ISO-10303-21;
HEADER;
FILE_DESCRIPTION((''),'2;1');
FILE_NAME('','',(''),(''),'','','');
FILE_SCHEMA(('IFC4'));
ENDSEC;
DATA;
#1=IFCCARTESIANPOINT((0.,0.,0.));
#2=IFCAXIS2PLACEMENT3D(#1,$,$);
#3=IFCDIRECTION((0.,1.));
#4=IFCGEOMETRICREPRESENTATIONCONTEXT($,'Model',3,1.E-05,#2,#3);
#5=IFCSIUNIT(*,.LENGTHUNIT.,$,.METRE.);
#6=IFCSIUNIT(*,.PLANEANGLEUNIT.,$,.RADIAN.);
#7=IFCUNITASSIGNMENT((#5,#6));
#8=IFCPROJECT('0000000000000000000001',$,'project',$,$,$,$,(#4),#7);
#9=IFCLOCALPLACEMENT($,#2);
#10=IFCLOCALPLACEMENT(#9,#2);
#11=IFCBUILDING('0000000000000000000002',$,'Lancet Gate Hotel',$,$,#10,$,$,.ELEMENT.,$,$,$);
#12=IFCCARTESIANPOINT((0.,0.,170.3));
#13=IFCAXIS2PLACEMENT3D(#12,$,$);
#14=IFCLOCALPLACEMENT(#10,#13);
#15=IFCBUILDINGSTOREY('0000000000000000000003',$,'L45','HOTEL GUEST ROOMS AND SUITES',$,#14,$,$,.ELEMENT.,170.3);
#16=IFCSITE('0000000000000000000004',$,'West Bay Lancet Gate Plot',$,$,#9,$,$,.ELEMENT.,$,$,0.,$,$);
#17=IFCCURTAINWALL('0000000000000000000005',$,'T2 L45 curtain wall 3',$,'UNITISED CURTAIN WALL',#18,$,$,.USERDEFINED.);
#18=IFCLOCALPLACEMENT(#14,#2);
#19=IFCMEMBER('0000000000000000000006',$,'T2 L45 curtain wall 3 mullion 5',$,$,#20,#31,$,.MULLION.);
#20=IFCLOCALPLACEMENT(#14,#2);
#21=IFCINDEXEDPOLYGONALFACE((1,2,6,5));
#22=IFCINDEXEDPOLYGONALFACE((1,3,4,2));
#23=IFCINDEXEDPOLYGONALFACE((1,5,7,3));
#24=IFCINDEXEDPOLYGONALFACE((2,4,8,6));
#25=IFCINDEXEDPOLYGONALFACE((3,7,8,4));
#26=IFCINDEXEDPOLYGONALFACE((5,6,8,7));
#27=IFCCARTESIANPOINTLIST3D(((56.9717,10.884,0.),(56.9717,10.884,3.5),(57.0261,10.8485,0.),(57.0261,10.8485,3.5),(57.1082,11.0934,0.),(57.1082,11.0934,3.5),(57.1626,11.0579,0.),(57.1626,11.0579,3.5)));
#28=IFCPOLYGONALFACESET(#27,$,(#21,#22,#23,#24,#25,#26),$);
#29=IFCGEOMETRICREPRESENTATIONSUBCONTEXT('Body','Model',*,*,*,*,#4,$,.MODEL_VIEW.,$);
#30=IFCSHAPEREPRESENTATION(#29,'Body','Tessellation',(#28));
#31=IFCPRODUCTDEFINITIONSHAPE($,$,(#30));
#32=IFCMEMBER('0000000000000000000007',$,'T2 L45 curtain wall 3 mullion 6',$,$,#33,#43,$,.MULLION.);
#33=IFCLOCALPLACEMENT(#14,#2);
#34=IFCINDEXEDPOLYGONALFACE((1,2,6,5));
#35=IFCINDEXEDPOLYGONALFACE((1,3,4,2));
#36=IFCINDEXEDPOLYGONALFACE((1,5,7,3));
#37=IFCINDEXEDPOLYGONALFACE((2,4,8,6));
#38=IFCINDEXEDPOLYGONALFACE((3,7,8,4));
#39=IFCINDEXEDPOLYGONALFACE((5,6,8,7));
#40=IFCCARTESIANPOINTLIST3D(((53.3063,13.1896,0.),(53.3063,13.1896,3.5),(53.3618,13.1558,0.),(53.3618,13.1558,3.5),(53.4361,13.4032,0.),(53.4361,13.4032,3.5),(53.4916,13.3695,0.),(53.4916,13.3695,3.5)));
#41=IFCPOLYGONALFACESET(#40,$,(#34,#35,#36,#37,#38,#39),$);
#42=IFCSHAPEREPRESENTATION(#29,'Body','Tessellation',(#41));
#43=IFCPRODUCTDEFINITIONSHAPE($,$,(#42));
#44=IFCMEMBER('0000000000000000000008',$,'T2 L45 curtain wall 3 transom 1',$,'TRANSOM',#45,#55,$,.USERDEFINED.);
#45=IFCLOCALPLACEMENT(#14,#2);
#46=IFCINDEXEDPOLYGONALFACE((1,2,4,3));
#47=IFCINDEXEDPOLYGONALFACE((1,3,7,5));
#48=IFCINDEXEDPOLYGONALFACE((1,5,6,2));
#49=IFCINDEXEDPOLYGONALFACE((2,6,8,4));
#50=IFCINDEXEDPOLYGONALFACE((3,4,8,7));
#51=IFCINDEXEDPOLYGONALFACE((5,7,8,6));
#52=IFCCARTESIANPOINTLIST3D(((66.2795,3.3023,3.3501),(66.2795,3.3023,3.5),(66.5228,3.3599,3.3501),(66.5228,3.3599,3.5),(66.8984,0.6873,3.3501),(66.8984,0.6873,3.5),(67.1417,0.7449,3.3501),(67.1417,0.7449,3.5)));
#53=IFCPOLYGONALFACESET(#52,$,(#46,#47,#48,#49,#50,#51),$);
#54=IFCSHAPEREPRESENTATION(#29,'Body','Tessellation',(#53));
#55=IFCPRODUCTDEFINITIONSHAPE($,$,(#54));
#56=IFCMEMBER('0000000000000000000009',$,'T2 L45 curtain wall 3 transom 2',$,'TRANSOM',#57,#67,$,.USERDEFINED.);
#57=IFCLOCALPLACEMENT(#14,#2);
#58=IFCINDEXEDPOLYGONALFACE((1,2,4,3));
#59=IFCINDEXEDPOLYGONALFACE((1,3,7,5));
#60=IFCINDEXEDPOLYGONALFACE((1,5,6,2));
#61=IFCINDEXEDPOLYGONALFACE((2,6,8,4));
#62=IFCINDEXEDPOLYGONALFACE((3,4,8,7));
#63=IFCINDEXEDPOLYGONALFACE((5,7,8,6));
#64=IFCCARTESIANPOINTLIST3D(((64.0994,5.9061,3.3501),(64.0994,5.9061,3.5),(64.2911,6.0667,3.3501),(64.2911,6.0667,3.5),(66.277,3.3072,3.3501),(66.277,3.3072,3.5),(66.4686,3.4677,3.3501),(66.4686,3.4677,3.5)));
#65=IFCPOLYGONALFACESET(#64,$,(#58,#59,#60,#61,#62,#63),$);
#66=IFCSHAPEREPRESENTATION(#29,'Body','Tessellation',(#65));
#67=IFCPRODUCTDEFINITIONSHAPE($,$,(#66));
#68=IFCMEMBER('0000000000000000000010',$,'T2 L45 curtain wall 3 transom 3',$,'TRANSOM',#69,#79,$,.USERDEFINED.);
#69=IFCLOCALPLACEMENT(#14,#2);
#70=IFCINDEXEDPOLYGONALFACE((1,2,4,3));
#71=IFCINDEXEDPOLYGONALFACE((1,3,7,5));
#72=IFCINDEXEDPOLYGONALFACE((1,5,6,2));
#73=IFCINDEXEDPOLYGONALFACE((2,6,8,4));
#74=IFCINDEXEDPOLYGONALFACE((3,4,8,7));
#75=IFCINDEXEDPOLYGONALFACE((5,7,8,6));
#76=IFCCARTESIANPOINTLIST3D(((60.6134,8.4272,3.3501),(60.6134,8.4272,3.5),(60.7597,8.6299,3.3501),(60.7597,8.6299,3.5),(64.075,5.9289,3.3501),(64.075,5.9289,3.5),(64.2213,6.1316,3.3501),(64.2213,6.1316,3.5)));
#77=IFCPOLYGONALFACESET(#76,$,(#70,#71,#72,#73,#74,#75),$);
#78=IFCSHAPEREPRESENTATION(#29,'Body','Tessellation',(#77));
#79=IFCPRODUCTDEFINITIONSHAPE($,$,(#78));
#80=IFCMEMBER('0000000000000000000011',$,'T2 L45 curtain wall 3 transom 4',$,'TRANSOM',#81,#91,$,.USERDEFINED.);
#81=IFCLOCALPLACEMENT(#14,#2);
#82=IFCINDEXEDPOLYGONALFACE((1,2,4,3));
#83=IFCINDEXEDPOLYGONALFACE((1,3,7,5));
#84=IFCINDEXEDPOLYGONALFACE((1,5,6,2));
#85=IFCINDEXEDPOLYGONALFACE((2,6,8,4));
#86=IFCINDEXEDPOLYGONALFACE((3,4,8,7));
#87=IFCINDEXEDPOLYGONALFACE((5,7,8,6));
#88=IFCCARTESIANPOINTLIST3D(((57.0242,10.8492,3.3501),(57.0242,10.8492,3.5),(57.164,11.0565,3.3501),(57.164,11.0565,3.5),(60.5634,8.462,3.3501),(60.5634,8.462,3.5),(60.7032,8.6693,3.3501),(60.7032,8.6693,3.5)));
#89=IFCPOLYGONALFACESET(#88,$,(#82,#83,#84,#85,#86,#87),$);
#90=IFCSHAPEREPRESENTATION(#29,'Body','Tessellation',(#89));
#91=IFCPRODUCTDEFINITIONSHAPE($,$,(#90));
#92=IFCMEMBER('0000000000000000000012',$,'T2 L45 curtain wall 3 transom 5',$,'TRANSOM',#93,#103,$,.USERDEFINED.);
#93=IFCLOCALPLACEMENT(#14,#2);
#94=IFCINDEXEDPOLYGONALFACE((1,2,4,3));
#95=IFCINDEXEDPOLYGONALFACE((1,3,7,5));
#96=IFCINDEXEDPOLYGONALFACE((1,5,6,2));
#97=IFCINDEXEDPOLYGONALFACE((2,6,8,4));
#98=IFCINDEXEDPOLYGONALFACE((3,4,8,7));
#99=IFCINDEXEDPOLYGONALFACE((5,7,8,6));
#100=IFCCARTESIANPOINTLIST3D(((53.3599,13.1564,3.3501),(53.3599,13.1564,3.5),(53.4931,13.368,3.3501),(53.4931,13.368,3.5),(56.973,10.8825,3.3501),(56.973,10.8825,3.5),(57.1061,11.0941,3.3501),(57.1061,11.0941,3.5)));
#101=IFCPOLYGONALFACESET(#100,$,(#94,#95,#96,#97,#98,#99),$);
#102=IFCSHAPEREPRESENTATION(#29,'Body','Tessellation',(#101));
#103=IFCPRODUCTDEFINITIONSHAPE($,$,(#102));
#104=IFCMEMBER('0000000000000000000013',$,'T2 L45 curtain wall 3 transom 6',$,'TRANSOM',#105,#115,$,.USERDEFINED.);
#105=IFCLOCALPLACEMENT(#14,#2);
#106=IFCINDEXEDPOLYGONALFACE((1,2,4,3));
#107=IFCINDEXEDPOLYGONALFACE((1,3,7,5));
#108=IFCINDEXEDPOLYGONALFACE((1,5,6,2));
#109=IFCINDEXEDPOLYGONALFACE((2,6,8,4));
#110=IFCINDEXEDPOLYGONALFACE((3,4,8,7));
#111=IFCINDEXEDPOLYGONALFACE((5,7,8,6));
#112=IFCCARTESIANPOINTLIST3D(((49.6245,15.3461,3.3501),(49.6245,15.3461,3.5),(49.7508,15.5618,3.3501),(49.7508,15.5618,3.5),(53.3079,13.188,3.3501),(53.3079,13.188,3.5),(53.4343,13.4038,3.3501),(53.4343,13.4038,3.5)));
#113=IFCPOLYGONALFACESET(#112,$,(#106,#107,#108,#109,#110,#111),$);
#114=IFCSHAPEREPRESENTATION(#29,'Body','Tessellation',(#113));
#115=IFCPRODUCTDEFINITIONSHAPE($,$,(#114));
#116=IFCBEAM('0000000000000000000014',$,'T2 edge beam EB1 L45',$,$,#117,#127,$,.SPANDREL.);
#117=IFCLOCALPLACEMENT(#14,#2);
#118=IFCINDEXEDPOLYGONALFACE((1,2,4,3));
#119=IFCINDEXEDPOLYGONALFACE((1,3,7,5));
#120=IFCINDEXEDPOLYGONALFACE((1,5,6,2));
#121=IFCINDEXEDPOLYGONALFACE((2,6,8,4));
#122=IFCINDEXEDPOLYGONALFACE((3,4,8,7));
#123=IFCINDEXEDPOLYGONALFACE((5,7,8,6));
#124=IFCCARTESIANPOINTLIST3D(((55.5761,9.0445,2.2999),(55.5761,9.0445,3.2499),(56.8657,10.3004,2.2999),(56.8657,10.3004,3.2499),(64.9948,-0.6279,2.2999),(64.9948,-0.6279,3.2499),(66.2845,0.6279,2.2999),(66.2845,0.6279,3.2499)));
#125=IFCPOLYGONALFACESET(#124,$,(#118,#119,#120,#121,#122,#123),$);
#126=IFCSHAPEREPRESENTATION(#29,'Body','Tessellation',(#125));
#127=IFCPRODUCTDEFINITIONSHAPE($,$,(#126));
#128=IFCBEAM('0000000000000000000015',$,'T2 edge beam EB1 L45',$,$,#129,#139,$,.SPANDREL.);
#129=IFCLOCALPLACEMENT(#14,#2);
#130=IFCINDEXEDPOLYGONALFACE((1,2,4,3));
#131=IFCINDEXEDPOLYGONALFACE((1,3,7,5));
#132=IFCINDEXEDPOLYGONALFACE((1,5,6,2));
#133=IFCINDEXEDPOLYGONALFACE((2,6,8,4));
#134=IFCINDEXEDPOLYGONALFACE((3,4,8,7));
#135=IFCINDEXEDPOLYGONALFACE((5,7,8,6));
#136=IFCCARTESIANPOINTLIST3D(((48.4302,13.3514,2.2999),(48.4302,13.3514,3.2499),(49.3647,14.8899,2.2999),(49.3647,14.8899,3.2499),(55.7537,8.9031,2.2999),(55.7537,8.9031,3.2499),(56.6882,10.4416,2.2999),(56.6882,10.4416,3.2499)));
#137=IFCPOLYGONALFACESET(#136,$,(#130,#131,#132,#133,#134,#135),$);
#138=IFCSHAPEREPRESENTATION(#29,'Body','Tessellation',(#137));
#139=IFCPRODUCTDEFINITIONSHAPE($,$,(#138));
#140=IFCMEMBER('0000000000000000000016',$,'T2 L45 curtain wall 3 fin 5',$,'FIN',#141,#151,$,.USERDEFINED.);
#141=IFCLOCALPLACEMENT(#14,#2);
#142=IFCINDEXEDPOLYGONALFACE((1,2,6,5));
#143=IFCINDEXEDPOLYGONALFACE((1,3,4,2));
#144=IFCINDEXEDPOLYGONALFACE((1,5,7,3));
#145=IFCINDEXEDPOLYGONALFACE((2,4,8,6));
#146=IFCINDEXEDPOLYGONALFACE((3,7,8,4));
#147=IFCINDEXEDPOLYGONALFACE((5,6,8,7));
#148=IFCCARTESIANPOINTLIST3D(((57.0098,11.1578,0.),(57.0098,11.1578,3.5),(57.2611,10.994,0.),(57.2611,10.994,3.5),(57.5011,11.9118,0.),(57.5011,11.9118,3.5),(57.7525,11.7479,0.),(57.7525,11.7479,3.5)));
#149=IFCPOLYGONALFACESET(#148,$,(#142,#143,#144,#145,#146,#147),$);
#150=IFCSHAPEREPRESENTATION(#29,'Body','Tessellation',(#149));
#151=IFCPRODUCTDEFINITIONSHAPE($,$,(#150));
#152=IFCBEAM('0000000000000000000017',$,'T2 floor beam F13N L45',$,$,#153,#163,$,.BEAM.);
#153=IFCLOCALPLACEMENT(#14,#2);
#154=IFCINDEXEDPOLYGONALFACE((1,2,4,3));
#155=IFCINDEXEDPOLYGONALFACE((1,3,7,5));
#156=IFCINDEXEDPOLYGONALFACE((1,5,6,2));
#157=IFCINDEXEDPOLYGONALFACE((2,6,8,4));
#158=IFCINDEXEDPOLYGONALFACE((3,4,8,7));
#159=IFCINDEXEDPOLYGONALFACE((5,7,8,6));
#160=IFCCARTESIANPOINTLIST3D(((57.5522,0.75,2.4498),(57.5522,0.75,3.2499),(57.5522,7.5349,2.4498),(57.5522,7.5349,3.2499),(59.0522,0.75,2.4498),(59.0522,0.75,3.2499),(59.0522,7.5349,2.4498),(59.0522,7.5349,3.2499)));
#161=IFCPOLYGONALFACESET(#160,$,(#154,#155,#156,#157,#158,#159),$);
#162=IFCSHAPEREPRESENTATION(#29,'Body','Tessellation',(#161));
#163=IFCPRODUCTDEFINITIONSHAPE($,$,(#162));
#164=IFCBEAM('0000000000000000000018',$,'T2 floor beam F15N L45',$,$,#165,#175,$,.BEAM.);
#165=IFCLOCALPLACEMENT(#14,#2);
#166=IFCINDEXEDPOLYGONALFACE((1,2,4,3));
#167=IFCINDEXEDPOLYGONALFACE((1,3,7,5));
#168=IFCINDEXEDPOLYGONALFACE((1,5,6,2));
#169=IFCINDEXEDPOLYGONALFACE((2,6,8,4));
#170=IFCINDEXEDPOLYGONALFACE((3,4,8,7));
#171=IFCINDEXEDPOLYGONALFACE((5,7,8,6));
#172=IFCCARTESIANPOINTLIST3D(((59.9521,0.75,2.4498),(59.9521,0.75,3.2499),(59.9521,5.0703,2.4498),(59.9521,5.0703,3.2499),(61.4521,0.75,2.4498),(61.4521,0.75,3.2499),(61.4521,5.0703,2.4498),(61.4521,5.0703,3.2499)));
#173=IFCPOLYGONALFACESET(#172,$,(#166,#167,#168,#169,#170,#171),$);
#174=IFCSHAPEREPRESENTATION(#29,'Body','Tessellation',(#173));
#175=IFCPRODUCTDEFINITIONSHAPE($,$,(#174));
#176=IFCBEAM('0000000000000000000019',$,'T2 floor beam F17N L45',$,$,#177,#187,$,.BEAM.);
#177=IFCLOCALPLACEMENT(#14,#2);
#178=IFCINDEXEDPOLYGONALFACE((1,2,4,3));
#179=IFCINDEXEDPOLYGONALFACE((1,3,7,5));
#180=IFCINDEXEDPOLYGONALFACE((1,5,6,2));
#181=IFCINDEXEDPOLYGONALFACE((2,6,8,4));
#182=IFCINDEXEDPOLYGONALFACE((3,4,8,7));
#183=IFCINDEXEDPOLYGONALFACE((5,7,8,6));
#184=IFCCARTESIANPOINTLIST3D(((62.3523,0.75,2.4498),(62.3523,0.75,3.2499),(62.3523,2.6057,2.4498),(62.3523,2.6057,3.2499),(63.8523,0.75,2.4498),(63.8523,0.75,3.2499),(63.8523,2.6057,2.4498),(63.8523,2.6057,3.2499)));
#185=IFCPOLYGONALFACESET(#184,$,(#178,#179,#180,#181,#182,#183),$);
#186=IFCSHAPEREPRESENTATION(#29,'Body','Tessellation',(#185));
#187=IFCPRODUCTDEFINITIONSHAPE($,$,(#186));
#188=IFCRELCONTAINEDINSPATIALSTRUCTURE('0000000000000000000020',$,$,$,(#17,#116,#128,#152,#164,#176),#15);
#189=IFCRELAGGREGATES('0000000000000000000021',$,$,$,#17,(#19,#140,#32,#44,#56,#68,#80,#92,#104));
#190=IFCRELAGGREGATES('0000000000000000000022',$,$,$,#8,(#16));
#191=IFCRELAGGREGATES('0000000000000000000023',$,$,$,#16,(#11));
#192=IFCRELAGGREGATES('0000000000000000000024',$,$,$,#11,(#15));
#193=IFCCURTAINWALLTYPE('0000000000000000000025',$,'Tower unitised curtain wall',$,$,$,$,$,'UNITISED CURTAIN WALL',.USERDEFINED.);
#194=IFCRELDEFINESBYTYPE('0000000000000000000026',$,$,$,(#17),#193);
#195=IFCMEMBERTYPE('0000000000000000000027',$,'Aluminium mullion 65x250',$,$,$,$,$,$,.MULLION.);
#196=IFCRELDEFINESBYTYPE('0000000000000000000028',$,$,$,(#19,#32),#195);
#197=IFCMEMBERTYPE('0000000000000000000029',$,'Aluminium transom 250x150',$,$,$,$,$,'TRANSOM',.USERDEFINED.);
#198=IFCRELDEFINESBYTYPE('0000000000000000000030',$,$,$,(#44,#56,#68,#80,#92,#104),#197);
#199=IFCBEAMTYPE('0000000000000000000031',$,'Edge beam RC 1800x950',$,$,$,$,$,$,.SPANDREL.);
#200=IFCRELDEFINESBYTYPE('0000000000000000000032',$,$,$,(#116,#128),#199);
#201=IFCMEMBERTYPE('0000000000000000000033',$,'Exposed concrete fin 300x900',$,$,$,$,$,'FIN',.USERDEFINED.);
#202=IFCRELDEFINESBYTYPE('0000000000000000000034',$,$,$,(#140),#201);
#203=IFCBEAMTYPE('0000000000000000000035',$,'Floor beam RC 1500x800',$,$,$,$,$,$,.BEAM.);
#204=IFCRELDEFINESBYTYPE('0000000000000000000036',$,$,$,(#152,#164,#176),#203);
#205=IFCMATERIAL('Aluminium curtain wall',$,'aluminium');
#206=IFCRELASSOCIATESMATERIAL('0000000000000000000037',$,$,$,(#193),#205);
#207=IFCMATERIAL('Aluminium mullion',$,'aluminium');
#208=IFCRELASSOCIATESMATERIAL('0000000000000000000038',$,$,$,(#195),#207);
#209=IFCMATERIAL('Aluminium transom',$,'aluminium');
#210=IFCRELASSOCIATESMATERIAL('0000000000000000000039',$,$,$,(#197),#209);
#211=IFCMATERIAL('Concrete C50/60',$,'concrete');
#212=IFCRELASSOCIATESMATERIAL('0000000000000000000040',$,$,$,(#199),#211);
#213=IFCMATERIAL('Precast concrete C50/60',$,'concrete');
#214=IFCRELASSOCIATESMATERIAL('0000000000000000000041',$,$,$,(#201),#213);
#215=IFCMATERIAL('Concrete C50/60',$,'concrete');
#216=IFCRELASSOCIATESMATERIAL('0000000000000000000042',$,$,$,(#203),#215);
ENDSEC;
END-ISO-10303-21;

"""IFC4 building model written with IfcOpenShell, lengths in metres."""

from ifc_helpers import new_model, si_unit, direction, frame, origin, origin_2d, place, context, subcontext, project, spatial, rectangle, extrude, material, material_profile, profile_set, type_object, element, aggregate, save


model = new_model("IFC4")

# Units and contexts
model_context = context("Model", 3, precision=1e-05, world=origin(), true_north=direction((0.0, 1.0)))
body_context = subcontext(model_context, "Body", "Model", "MODEL_VIEW")
ifc_project = project(units=[si_unit("LENGTHUNIT", "METRE"), si_unit("PLANEANGLEUNIT", "RADIAN")], contexts=[model_context])

# Site, building, storey
site_placement = place(None, origin())
site = spatial("IfcSite", under=ifc_project, at=site_placement, Name="West Bay Lancet Gate Plot", CompositionType="ELEMENT", RefElevation=0.0)
building_placement = place(site_placement, origin())
building = spatial("IfcBuilding", under=site, at=building_placement, Name="Lancet Gate Hotel", CompositionType="ELEMENT")
storey_placement = place(building_placement, frame((0.0, 0.0, 170.3)))
storey = spatial("IfcBuildingStorey", under=building, at=storey_placement, Name="L45", Description="HOTEL GUEST ROOMS AND SUITES", CompositionType="ELEMENT", Elevation=170.3)

# Curtain wall, members
ifc_material_1 = material(Name="Aluminium curtain wall", Category="aluminium")
curtain_wall_type = type_object("IfcCurtainWallType", Name="Tower unitised curtain wall", ElementType="UNITISED CURTAIN WALL", PredefinedType="USERDEFINED", material=ifc_material_1)
curtain_wall_placement = place(storey_placement, origin())
curtain_wall = element("IfcCurtainWall", 1, at=curtain_wall_placement, inside=storey, type_object=curtain_wall_type, Name="T2 L45 curtain wall 3", ObjectType="UNITISED CURTAIN WALL", PredefinedType="USERDEFINED")
ifc_material_2 = material(Name="Aluminium mullion", Category="aluminium")
ifc_material_profile_1 = material_profile(ifc_material_2, rectangle(XDim=0.0649, YDim=0.25, at=origin_2d()), Name="MULLION 65x250")
ifc_profile_set_1 = profile_set([ifc_material_profile_1], Name="Aluminium mullion")
member_type_1 = type_object("IfcMemberType", Name="Aluminium mullion 65x250", PredefinedType="MULLION", material=ifc_profile_set_1)
member_1_placement = place(storey_placement, frame((57.0671, 10.9709, 0.0), z_axis=(0.0, 0.0, 1.0), x_axis=(-0.837801, 0.545976, 0.0)))
member_1 = element("IfcMember", 2, at=member_1_placement, type_object=member_type_1, Name="T2 L45 curtain wall 3 mullion 5", PredefinedType="MULLION", context=body_context, shape_type="SweptSolid", body=[
    extrude(rectangle(XDim=0.0649, YDim=0.25, at=origin_2d()), origin(), (0.0, 0.0, 1.0), 3.5),
])
member_2_placement = place(storey_placement, frame((53.3989, 13.2795, 0.0), z_axis=(0.0, 0.0, 1.0), x_axis=(-0.854691, 0.519137, 0.0)))
member_2 = element("IfcMember", 3, at=member_2_placement, type_object=member_type_1, Name="T2 L45 curtain wall 3 mullion 6", PredefinedType="MULLION", context=body_context, shape_type="SweptSolid", body=[
    extrude(rectangle(XDim=0.0649, YDim=0.25, at=origin_2d()), origin(), (0.0, 0.0, 1.0), 3.5),
])
ifc_material_3 = material(Name="Aluminium transom", Category="aluminium")
ifc_material_profile_2 = material_profile(ifc_material_3, rectangle(XDim=0.25, YDim=0.1499, at=origin_2d()), Name="TRANSOM 250x150")
ifc_profile_set_2 = profile_set([ifc_material_profile_2], Name="Aluminium transom")
member_type_2 = type_object("IfcMemberType", Name="Aluminium transom 250x150", ElementType="TRANSOM", PredefinedType="USERDEFINED", material=ifc_profile_set_2)
member_3_placement = place(storey_placement, frame((67.02, 0.7161, 3.425), z_axis=(-0.23031, 0.973117, 0.0), x_axis=(-0.973117, -0.23031, 0.0)))
member_3 = element("IfcMember", 4, at=member_3_placement, type_object=member_type_2, Name="T2 L45 curtain wall 3 transom 1", ObjectType="TRANSOM", PredefinedType="USERDEFINED", context=body_context, shape_type="SweptSolid", body=[
    extrude(rectangle(XDim=0.25, YDim=0.1499, at=origin_2d()), origin(), (0.0, 0.0, 1.0), 2.6873),
])
member_4_placement = place(storey_placement, frame((66.3728, 3.3875, 3.425), z_axis=(-0.642229, 0.766513, 0.0), x_axis=(-0.766513, -0.642229, 0.0)))
member_4 = element("IfcMember", 5, at=member_4_placement, type_object=member_type_2, Name="T2 L45 curtain wall 3 transom 2", ObjectType="TRANSOM", PredefinedType="USERDEFINED", context=body_context, shape_type="SweptSolid", body=[
    extrude(rectangle(XDim=0.25, YDim=0.1499, at=origin_2d()), origin(), (0.0, 0.0, 1.0), 3.3906),
])
member_5_placement = place(storey_placement, frame((64.1482, 6.0303, 3.425), z_axis=(-0.81088, 0.585213, 0.0), x_axis=(-0.585213, -0.81088, 0.0)))
member_5 = element("IfcMember", 6, at=member_5_placement, type_object=member_type_2, Name="T2 L45 curtain wall 3 transom 3", ObjectType="TRANSOM", PredefinedType="USERDEFINED", context=body_context, shape_type="SweptSolid", body=[
    extrude(rectangle(XDim=0.25, YDim=0.1499, at=origin_2d()), origin(), (0.0, 0.0, 1.0), 4.269),
])
member_6_placement = place(storey_placement, frame((60.6333, 8.5657, 3.425), z_axis=(-0.829047, 0.559179, 0.0), x_axis=(-0.559179, -0.829047, 0.0)))
member_6 = element("IfcMember", 7, at=member_6_placement, type_object=member_type_2, Name="T2 L45 curtain wall 3 transom 4", ObjectType="TRANSOM", PredefinedType="USERDEFINED", context=body_context, shape_type="SweptSolid", body=[
    extrude(rectangle(XDim=0.25, YDim=0.1499, at=origin_2d()), origin(), (0.0, 0.0, 1.0), 4.269),
])
member_7_placement = place(storey_placement, frame((57.0396, 10.9883, 3.425), z_axis=(-0.846333, 0.532654, 0.0), x_axis=(-0.532654, -0.846333, 0.0)))
member_7 = element("IfcMember", 8, at=member_7_placement, type_object=member_type_2, Name="T2 L45 curtain wall 3 transom 5", ObjectType="TRANSOM", PredefinedType="USERDEFINED", context=body_context, shape_type="SweptSolid", body=[
    extrude(rectangle(XDim=0.25, YDim=0.1499, at=origin_2d()), origin(), (0.0, 0.0, 1.0), 4.269),
])
member_8_placement = place(storey_placement, frame((53.3711, 13.2959, 3.425), z_axis=(-0.862825, 0.505502, 0.0), x_axis=(-0.505502, -0.862825, 0.0)))
member_8 = element("IfcMember", 9, at=member_8_placement, type_object=member_type_2, Name="T2 L45 curtain wall 3 transom 6", ObjectType="TRANSOM", PredefinedType="USERDEFINED", context=body_context, shape_type="SweptSolid", body=[
    extrude(rectangle(XDim=0.25, YDim=0.1499, at=origin_2d()), origin(), (0.0, 0.0, 1.0), 4.269),
])

# Beams
ifc_material_4 = material(Name="Concrete C50/60", Category="concrete")
ifc_material_profile_3 = material_profile(ifc_material_4, rectangle(XDim=1.8, YDim=0.95, at=origin_2d()), Name="RC 1800x950")
ifc_profile_set_3 = profile_set([ifc_material_profile_3], Name="Concrete C50/60")
beam_type_1 = type_object("IfcBeamType", Name="Edge beam RC 1800x950", PredefinedType="SPANDREL", material=ifc_profile_set_3)
beam_1_placement = place(storey_placement, frame((65.6396, 0.0, 2.7749), z_axis=(-0.69765, 0.716439, 0.0), x_axis=(-0.716439, -0.69765, 0.0)))
element("IfcBeam", 10, at=beam_1_placement, inside=storey, type_object=beam_type_1, Name="T2 edge beam EB1 L45", PredefinedType="SPANDREL", context=body_context, shape_type="SweptSolid", body=[
    extrude(rectangle(XDim=1.8, YDim=0.95, at=origin_2d()), origin(), (0.0, 0.0, 1.0), 13.5007),
])
beam_2_placement = place(storey_placement, frame((56.2209, 9.6724, 2.7749), z_axis=(-0.854692, 0.519135, 0.0), x_axis=(-0.519135, -0.854692, 0.0)))
element("IfcBeam", 11, at=beam_2_placement, inside=storey, type_object=beam_type_1, Name="T2 edge beam EB1 L45", PredefinedType="SPANDREL", context=body_context, shape_type="SweptSolid", body=[
    extrude(rectangle(XDim=1.8, YDim=0.95, at=origin_2d()), origin(), (0.0, 0.0, 1.0), 8.5686),
])

# Member
ifc_material_5 = material(Name="Precast concrete C50/60", Category="concrete")
ifc_material_profile_4 = material_profile(ifc_material_5, rectangle(XDim=0.3, YDim=0.8999, at=origin_2d()), Name="FIN 300x900")
ifc_profile_set_4 = profile_set([ifc_material_profile_4], Name="Precast concrete C50/60")
member_type_3 = type_object("IfcMemberType", Name="Exposed concrete fin 300x900", ElementType="FIN", PredefinedType="USERDEFINED", material=ifc_profile_set_4)
member_9_placement = place(storey_placement, frame((57.3811, 11.4529, 0.0), z_axis=(0.0, 0.0, 1.0), x_axis=(-0.837801, 0.545976, 0.0)))
member_9 = element("IfcMember", 12, at=member_9_placement, type_object=member_type_3, Name="T2 L45 curtain wall 3 fin 5", ObjectType="FIN", PredefinedType="USERDEFINED", context=body_context, shape_type="SweptSolid", body=[
    extrude(rectangle(XDim=0.3, YDim=0.8999, at=origin_2d()), origin(), (0.0, 0.0, 1.0), 3.5),
])

# Beams
ifc_material_6 = material(Name="Concrete C50/60", Category="concrete")
ifc_material_profile_5 = material_profile(ifc_material_6, rectangle(XDim=1.5, YDim=0.8, at=origin_2d()), Name="RC 1500x800")
ifc_profile_set_5 = profile_set([ifc_material_profile_5], Name="Concrete C50/60")
beam_type_2 = type_object("IfcBeamType", Name="Floor beam RC 1500x800", PredefinedType="BEAM", material=ifc_profile_set_5)
beam_3_placement = place(storey_placement, frame((58.3022, 0.75, 2.8499), z_axis=(0.0, 1.0, 0.0), x_axis=(-1.0, 0.0, 0.0)))
element("IfcBeam", 13, at=beam_3_placement, inside=storey, type_object=beam_type_2, Name="T2 floor beam F13N L45", PredefinedType="BEAM", context=body_context, shape_type="SweptSolid", body=[
    extrude(rectangle(XDim=1.5, YDim=0.8, at=origin_2d()), origin(), (0.0, 0.0, 1.0), 6.7849),
])
beam_4_placement = place(storey_placement, frame((60.7021, 0.75, 2.8499), z_axis=(0.0, 1.0, 0.0), x_axis=(-1.0, 0.0, 0.0)))
element("IfcBeam", 14, at=beam_4_placement, inside=storey, type_object=beam_type_2, Name="T2 floor beam F15N L45", PredefinedType="BEAM", context=body_context, shape_type="SweptSolid", body=[
    extrude(rectangle(XDim=1.5, YDim=0.8, at=origin_2d()), origin(), (0.0, 0.0, 1.0), 4.3203),
])
beam_5_placement = place(storey_placement, frame((63.1023, 0.75, 2.8499), z_axis=(0.0, 1.0, 0.0), x_axis=(-1.0, 0.0, 0.0)))
element("IfcBeam", 15, at=beam_5_placement, inside=storey, type_object=beam_type_2, Name="T2 floor beam F17N L45", PredefinedType="BEAM", context=body_context, shape_type="SweptSolid", body=[
    extrude(rectangle(XDim=1.5, YDim=0.8, at=origin_2d()), origin(), (0.0, 0.0, 1.0), 1.8557),
])

aggregate(curtain_wall, [member_1, member_9, member_2, member_3, member_4, member_5, member_6, member_7, member_8])

save(model, "model.ifc")
